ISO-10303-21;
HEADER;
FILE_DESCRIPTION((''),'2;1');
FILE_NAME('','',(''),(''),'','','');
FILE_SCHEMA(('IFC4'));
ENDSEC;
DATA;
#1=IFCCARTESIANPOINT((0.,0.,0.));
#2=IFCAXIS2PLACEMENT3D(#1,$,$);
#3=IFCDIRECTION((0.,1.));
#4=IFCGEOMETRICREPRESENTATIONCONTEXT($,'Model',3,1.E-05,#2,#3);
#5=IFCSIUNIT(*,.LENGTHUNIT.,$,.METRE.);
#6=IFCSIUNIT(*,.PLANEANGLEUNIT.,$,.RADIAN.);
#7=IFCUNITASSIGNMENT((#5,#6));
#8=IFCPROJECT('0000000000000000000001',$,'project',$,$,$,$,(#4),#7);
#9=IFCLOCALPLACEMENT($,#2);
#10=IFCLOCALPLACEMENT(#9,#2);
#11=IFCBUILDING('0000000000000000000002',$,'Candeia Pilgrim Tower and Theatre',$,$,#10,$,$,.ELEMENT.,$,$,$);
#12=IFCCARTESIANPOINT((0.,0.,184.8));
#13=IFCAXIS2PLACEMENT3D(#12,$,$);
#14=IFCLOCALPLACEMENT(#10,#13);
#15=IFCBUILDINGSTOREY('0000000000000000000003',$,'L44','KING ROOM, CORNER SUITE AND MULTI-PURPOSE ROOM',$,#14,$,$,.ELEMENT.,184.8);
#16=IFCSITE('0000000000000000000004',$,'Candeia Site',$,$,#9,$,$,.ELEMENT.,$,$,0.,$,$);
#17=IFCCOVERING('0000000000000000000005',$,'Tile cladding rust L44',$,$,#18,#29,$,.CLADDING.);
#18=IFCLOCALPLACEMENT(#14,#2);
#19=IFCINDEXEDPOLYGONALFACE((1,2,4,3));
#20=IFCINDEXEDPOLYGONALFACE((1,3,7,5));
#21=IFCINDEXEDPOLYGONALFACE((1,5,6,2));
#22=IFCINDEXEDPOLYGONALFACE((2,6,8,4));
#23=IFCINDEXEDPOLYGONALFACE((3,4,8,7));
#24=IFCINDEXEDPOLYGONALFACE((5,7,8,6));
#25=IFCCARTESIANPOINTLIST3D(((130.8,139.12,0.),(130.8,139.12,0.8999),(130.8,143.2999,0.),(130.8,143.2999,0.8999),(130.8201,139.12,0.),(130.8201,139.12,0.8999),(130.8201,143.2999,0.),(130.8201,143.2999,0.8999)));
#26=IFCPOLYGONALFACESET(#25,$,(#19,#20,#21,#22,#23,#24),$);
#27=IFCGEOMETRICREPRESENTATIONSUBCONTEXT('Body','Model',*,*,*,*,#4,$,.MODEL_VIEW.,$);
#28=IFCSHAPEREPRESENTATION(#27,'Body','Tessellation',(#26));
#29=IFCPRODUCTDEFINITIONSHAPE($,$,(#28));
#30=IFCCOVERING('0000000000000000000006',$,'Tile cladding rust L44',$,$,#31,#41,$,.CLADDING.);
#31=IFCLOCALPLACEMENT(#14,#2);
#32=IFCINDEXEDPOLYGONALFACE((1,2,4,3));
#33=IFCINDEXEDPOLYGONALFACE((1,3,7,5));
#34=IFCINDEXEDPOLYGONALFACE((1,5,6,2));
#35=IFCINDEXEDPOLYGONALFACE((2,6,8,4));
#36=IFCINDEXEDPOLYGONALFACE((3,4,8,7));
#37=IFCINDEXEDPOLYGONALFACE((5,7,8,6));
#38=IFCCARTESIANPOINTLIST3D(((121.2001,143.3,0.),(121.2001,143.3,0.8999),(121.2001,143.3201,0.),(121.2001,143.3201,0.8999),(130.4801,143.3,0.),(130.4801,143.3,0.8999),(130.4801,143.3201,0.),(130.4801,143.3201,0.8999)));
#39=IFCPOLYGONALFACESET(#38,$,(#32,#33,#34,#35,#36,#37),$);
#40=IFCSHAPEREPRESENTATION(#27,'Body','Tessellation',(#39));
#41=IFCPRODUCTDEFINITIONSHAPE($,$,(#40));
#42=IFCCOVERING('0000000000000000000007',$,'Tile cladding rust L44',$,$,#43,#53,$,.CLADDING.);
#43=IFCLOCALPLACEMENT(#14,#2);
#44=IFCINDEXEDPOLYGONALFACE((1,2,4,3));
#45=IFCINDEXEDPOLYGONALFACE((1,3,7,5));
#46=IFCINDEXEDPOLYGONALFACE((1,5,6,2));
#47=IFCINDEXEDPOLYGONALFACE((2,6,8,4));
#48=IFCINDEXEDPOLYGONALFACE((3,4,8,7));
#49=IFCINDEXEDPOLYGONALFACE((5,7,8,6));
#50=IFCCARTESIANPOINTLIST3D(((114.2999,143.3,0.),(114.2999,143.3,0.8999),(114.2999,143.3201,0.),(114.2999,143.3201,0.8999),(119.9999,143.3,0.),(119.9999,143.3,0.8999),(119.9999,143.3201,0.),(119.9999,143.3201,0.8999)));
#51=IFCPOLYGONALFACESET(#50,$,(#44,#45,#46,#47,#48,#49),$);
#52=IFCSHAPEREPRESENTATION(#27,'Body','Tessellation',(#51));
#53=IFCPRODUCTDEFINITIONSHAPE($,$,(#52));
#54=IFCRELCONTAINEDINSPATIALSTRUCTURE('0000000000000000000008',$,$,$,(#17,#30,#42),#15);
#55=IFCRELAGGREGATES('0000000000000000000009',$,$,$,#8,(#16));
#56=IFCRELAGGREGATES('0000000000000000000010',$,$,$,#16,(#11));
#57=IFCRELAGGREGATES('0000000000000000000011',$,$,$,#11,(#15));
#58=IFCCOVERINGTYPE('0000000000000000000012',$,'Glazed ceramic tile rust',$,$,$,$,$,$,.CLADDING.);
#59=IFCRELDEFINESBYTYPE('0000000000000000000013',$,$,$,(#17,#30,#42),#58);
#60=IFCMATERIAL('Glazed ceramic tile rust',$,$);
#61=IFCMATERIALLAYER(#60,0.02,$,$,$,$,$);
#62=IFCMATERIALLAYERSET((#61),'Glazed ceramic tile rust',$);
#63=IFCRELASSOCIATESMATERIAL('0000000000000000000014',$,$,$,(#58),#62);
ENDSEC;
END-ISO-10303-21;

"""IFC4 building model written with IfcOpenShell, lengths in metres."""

from ifc_helpers import new_model, si_unit, direction, frame, origin, origin_2d, place, context, subcontext, project, spatial, rectangle, extrude, material, layer, layer_set, type_object, element, save


model = new_model("IFC4")

# Units and contexts
model_context = context("Model", 3, precision=1e-05, world=origin(), true_north=direction((0.0, 1.0)))
body_context = subcontext(model_context, "Body", "Model", "MODEL_VIEW")
ifc_project = project(units=[si_unit("LENGTHUNIT", "METRE"), si_unit("PLANEANGLEUNIT", "RADIAN")], contexts=[model_context])

# Site, building, storey
site_placement = place(None, origin())
site = spatial("IfcSite", under=ifc_project, at=site_placement, Name="Candeia Site", CompositionType="ELEMENT", RefElevation=0.0)
building_placement = place(site_placement, origin())
building = spatial("IfcBuilding", under=site, at=building_placement, Name="Candeia Pilgrim Tower and Theatre", CompositionType="ELEMENT")
storey_placement = place(building_placement, frame((0.0, 0.0, 184.8)))
storey = spatial("IfcBuildingStorey", under=building, at=storey_placement, Name="L44", Description="KING ROOM, CORNER SUITE AND MULTI-PURPOSE ROOM", CompositionType="ELEMENT", Elevation=184.8)

# Coverings
ifc_material_1 = material(Name="Glazed ceramic tile rust")
ifc_layer_1 = layer(ifc_material_1, 0.02)
ifc_layer_set_1 = layer_set([ifc_layer_1], Name="Glazed ceramic tile rust")
covering_type = type_object("IfcCoveringType", Name="Glazed ceramic tile rust", PredefinedType="CLADDING", material=ifc_layer_set_1)
covering_1_placement = place(storey_placement, frame((130.8101, 141.21, 0.0), z_axis=(0.0, 0.0, 1.0), x_axis=(0.0, 1.0, 0.0)))
element("IfcCovering", 1, at=covering_1_placement, inside=storey, type_object=covering_type, Name="Tile cladding rust L44", PredefinedType="CLADDING", context=body_context, shape_type="SweptSolid", body=[
    extrude(rectangle(XDim=4.1799, YDim=0.02, at=origin_2d()), origin(), (0.0, 0.0, 1.0), 0.8999),
])
covering_2_placement = place(storey_placement, frame((125.8401, 143.3101, 0.0), z_axis=(0.0, 0.0, 1.0), x_axis=(-1.0, 0.0, 0.0)))
element("IfcCovering", 2, at=covering_2_placement, inside=storey, type_object=covering_type, Name="Tile cladding rust L44", PredefinedType="CLADDING", context=body_context, shape_type="SweptSolid", body=[
    extrude(rectangle(XDim=9.28, YDim=0.02, at=origin_2d()), origin(), (0.0, 0.0, 1.0), 0.8999),
])
covering_3_placement = place(storey_placement, frame((117.1499, 143.3101, 0.0), z_axis=(0.0, 0.0, 1.0), x_axis=(-1.0, 0.0, 0.0)))
element("IfcCovering", 3, at=covering_3_placement, inside=storey, type_object=covering_type, Name="Tile cladding rust L44", PredefinedType="CLADDING", context=body_context, shape_type="SweptSolid", body=[
    extrude(rectangle(XDim=5.7, YDim=0.02, at=origin_2d()), origin(), (0.0, 0.0, 1.0), 0.8999),
])

save(model, "model.ifc")
